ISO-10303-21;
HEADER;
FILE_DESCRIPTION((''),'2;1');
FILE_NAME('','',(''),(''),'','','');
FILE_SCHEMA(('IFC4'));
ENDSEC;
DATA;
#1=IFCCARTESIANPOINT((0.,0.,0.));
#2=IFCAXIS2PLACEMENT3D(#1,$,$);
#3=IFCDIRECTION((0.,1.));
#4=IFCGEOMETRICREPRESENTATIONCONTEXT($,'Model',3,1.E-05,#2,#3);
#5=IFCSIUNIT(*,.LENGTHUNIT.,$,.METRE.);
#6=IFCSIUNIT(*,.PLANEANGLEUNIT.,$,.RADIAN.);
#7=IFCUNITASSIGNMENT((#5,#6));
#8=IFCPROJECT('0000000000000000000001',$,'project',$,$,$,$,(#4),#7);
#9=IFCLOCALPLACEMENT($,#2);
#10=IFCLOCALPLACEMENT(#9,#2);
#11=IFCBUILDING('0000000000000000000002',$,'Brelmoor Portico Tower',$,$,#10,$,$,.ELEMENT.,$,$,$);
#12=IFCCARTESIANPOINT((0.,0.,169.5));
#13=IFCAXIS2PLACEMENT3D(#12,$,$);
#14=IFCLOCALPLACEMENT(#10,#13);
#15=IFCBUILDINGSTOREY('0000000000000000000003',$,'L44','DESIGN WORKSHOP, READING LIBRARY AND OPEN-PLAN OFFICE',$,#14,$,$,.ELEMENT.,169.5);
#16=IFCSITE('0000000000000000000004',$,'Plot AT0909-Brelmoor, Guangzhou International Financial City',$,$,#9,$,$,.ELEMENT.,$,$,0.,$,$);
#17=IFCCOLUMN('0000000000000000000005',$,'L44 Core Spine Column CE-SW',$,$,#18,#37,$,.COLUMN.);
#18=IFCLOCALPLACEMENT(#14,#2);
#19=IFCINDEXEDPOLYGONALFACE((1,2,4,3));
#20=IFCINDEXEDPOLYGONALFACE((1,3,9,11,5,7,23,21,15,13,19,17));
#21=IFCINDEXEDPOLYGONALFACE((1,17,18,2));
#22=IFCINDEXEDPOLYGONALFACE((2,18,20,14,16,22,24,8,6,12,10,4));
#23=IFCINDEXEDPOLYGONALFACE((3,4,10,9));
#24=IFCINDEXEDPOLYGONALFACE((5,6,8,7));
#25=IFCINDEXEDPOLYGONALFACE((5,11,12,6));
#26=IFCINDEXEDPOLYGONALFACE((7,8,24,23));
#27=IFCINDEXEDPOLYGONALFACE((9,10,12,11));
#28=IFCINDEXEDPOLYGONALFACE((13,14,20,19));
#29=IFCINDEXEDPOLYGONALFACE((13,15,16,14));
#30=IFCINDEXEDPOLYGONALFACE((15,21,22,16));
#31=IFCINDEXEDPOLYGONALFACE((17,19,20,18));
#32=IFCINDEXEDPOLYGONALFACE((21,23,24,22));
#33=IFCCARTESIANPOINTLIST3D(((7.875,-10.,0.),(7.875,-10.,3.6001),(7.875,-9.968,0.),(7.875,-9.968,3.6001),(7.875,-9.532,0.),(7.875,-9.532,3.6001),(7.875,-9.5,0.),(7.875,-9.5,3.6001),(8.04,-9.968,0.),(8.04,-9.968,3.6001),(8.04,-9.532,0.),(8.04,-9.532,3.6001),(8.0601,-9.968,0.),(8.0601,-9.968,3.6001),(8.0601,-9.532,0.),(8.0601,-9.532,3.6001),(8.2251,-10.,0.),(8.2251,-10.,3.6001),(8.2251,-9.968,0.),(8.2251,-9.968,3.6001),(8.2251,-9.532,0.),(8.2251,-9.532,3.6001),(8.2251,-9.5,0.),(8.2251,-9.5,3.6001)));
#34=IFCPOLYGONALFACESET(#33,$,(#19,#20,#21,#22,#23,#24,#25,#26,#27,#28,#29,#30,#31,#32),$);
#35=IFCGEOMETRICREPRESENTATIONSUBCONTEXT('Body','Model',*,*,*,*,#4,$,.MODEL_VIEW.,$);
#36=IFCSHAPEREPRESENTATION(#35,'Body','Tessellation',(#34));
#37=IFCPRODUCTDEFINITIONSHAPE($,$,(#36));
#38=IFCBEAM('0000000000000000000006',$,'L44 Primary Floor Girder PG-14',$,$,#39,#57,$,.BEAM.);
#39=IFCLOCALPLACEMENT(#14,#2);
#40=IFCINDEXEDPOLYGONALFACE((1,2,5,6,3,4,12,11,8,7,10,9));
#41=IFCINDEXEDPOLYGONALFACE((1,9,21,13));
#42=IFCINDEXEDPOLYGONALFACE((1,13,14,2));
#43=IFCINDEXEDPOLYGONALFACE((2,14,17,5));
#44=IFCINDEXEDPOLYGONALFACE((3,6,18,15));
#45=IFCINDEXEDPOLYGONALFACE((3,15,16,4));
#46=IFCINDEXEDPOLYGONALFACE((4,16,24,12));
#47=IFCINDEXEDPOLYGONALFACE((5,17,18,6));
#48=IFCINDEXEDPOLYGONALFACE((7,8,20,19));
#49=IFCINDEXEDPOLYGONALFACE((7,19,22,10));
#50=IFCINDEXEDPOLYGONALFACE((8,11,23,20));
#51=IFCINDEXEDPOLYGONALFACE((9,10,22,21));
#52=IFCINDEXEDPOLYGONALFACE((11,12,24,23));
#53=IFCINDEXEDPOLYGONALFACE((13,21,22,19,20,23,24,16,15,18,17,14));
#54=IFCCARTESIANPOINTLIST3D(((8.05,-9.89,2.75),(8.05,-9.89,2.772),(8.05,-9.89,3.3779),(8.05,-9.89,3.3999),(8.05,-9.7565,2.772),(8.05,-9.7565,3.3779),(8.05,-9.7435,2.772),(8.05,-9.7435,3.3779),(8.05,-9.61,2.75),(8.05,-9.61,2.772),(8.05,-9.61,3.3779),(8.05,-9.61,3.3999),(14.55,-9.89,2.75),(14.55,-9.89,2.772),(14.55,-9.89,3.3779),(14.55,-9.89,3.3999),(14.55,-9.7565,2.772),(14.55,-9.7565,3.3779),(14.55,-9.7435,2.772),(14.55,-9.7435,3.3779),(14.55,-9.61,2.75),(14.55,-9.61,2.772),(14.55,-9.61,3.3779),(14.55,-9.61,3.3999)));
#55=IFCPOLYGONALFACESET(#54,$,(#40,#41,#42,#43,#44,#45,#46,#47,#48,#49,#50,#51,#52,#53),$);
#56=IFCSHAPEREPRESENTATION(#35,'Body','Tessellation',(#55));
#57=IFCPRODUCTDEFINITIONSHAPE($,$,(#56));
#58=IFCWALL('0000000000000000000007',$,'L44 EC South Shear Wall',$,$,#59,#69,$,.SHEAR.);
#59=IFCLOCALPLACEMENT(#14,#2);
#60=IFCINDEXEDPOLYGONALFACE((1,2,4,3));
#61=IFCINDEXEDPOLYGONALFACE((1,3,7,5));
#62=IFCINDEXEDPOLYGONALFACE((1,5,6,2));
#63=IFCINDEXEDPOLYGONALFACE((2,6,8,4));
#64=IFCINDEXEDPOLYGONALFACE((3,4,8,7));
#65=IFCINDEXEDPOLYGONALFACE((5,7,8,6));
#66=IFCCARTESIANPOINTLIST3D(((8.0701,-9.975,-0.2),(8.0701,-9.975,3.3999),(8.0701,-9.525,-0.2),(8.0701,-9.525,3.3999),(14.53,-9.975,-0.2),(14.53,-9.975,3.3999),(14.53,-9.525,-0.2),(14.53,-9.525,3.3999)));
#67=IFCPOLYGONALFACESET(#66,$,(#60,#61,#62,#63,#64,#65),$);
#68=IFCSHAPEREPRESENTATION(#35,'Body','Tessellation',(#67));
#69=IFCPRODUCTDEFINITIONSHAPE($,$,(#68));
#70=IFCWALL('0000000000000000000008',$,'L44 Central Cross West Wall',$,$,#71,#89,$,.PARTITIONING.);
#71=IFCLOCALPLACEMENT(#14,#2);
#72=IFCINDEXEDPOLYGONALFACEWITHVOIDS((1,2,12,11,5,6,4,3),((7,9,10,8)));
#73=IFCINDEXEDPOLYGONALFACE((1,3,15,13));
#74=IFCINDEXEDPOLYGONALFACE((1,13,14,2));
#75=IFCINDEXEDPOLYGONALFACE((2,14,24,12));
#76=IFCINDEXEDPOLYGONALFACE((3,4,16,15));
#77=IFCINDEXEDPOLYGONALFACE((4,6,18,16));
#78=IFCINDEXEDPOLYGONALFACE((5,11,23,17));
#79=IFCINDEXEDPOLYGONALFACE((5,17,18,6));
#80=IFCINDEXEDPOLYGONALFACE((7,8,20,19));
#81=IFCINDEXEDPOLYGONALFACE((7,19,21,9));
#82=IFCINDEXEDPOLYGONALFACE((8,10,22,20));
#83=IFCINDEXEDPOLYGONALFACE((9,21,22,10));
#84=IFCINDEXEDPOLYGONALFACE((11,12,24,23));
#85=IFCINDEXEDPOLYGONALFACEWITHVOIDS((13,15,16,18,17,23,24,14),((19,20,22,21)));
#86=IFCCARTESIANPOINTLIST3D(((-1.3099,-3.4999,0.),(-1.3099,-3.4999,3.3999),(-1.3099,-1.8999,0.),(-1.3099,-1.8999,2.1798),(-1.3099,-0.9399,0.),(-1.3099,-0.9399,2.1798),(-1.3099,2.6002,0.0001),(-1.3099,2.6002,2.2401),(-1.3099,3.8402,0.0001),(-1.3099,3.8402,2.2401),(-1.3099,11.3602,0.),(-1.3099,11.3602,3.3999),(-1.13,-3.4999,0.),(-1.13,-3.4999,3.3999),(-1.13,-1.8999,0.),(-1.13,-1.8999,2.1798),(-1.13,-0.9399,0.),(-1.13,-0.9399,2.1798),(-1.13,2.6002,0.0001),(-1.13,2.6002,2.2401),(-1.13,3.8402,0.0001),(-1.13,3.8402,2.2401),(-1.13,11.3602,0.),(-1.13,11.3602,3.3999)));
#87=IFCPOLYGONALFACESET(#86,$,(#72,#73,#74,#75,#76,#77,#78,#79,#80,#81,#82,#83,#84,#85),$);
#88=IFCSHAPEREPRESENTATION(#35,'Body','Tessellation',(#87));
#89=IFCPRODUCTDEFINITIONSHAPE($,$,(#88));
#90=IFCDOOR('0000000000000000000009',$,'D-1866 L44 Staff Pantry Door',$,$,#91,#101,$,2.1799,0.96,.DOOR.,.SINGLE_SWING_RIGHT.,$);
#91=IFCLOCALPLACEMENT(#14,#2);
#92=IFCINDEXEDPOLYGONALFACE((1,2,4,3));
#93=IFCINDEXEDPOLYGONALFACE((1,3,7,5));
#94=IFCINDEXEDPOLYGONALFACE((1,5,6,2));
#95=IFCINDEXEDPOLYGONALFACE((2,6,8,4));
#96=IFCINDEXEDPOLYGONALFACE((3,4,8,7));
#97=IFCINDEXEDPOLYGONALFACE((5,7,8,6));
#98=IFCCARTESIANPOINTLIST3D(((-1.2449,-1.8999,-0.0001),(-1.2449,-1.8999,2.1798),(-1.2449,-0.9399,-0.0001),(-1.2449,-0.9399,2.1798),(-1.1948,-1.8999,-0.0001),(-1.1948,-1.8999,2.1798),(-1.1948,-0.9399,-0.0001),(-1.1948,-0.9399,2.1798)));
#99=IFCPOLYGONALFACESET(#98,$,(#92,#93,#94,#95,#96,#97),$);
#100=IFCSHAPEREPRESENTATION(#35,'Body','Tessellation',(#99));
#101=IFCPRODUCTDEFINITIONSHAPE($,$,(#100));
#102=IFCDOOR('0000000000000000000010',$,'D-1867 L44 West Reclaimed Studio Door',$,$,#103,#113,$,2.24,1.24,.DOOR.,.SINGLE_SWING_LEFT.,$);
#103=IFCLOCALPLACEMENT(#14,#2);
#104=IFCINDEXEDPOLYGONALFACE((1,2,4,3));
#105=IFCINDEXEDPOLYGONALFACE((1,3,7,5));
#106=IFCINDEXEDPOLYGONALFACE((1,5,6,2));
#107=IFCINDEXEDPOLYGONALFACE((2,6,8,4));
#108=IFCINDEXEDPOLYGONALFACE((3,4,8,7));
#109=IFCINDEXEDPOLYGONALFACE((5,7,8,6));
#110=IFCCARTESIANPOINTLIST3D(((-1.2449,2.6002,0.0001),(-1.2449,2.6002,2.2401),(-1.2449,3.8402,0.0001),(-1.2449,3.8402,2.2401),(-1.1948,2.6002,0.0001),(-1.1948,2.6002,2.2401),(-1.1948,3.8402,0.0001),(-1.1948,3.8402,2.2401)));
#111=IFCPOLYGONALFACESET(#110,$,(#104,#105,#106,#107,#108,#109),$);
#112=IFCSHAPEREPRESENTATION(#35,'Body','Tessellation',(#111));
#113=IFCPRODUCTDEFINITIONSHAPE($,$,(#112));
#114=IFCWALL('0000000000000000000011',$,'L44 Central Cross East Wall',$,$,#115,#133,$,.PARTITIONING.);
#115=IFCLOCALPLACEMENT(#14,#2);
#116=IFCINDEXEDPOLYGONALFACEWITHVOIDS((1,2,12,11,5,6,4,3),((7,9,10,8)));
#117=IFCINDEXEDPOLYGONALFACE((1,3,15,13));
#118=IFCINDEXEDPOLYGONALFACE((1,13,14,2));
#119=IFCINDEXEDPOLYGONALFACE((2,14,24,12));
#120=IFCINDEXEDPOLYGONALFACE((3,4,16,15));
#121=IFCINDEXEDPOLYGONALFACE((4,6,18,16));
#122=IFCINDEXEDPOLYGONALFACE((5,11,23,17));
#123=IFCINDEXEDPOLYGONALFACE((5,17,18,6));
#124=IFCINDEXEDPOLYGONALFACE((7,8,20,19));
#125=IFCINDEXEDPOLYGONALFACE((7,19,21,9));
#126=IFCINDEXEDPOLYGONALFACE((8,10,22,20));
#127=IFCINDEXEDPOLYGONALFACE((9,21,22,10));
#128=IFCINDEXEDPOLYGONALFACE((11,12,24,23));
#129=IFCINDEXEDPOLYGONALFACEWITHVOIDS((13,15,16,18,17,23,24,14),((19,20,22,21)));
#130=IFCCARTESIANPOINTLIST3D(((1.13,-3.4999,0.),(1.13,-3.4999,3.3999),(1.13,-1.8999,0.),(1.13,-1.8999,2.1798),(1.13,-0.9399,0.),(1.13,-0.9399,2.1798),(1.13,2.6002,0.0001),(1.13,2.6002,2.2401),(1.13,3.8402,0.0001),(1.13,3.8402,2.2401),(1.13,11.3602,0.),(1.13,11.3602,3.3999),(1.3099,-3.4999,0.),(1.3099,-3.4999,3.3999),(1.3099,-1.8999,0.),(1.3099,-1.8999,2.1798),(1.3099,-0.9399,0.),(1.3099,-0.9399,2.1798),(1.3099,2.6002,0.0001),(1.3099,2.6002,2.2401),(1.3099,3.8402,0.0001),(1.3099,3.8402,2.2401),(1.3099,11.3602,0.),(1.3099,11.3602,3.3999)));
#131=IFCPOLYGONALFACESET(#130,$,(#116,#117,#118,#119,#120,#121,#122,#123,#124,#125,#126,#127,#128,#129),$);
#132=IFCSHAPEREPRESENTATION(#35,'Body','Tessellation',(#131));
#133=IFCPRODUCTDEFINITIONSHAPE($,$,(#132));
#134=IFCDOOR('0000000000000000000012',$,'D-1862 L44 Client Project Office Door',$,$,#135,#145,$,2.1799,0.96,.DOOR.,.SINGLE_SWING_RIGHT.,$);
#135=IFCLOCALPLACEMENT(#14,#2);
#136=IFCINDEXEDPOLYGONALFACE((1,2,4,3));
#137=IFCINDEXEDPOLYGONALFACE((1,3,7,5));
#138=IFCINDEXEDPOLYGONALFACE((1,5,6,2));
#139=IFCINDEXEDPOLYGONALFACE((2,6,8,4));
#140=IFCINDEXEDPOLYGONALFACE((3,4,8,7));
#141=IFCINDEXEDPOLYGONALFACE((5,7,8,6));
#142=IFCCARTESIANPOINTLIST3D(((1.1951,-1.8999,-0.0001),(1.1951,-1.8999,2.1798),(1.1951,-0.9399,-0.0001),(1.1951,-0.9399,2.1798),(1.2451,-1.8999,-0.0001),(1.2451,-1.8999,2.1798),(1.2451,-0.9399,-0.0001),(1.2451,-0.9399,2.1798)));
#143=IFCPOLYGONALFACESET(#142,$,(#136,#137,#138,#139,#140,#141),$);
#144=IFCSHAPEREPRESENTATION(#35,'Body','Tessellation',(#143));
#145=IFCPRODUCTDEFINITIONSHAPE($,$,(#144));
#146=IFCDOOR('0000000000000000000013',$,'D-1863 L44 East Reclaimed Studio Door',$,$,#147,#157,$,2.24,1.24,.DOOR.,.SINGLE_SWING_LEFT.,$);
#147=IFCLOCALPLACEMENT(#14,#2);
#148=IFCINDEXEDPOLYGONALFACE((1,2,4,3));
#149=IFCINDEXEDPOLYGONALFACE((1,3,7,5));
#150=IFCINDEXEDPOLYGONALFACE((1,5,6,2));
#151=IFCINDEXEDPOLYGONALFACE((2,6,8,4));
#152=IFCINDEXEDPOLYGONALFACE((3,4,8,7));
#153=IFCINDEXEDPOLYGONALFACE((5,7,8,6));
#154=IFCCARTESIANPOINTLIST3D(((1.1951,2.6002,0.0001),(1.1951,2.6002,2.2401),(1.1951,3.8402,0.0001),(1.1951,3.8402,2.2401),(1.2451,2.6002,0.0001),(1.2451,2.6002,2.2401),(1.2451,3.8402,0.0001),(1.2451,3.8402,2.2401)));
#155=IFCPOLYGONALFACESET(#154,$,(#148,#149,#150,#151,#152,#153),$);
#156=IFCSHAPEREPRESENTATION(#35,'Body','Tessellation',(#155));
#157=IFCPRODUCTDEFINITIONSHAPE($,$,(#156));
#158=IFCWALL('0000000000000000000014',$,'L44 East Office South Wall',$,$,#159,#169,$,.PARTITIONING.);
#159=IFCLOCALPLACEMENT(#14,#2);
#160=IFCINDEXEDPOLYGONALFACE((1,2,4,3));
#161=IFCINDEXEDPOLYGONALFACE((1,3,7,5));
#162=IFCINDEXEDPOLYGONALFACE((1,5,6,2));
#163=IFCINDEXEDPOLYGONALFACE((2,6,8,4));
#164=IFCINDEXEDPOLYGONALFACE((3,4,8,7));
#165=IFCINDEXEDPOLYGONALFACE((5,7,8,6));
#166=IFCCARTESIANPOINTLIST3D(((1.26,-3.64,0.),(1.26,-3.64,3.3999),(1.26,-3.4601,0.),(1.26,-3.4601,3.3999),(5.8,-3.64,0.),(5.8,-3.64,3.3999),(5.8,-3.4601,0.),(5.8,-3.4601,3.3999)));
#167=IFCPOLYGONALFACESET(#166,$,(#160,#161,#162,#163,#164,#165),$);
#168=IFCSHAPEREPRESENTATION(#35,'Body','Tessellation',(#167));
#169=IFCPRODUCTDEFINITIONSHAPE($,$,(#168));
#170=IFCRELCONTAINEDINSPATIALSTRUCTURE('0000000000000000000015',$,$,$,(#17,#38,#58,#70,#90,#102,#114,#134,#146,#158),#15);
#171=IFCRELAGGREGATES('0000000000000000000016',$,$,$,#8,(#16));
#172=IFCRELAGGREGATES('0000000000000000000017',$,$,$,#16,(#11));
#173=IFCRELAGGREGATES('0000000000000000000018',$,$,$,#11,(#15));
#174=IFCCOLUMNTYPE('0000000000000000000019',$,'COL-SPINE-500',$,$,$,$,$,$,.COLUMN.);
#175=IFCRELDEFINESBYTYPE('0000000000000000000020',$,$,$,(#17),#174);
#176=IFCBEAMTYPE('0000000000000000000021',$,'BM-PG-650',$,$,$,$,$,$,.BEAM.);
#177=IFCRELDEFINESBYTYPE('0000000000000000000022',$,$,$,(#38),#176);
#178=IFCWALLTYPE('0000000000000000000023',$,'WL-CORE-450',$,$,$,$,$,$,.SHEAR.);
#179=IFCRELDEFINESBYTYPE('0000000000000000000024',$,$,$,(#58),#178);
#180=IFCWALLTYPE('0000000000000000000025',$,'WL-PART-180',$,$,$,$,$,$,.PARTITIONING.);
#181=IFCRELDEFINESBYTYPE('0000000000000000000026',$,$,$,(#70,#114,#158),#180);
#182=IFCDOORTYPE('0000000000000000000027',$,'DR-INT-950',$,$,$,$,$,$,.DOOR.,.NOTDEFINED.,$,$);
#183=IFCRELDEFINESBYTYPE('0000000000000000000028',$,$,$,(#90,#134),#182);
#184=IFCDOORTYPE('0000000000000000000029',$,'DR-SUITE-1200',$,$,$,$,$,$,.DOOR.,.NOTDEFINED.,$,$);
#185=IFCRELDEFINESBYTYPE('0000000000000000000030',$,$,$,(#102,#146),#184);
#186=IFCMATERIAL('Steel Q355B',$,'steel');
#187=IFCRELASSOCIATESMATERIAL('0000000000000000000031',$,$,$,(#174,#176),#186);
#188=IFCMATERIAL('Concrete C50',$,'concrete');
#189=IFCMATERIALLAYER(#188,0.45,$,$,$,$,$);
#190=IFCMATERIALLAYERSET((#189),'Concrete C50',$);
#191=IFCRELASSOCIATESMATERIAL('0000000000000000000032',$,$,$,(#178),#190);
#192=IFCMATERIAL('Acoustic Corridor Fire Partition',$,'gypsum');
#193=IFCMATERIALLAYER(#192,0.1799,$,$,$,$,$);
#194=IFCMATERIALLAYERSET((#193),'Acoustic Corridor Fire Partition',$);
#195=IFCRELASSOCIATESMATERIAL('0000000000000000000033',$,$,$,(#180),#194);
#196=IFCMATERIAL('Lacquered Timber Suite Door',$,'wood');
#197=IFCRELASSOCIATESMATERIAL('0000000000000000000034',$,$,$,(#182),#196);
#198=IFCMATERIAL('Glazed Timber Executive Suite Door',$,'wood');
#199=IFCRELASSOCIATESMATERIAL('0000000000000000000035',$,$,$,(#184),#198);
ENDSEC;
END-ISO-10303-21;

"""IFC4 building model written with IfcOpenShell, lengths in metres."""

from ifc_helpers import new_model, si_unit, direction, frame, frame_2d, origin, origin_2d, place, context, subcontext, project, spatial, rectangle, i_section, extrude, material, layer, layer_set, material_profile, profile_set, type_object, element, fill, save


model = new_model("IFC4")

# Units and contexts
model_context = context("Model", 3, precision=1e-05, world=origin(), true_north=direction((0.0, 1.0)))
body_context = subcontext(model_context, "Body", "Model", "MODEL_VIEW")
ifc_project = project(units=[si_unit("LENGTHUNIT", "METRE"), si_unit("PLANEANGLEUNIT", "RADIAN")], contexts=[model_context])

# Site, building, storey
site_placement = place(None, origin())
site = spatial("IfcSite", under=ifc_project, at=site_placement, Name="Plot AT0909-Brelmoor, Guangzhou International Financial City", CompositionType="ELEMENT", RefElevation=0.0)
building_placement = place(site_placement, origin())
building = spatial("IfcBuilding", under=site, at=building_placement, Name="Brelmoor Portico Tower", CompositionType="ELEMENT")
storey_placement = place(building_placement, frame((0.0, 0.0, 169.5)))
storey = spatial("IfcBuildingStorey", under=building, at=storey_placement, Name="L44", Description="DESIGN WORKSHOP, READING LIBRARY AND OPEN-PLAN OFFICE", CompositionType="ELEMENT", Elevation=169.5)

# Column
ifc_material_1 = material(Name="Steel Q355B", Category="steel")
ifc_material_profile_1 = material_profile(ifc_material_1, i_section(OverallWidth=0.3501, OverallDepth=0.5, WebThickness=0.02, FlangeThickness=0.032, at=origin_2d()), Name="HW 500x350x20x32")
ifc_profile_set_1 = profile_set([ifc_material_profile_1], Name="Steel Q355B")
column_type = type_object("IfcColumnType", Name="COL-SPINE-500", PredefinedType="COLUMN", material=ifc_profile_set_1)
column_placement = place(storey_placement, frame((8.05, -9.75, 0.0), z_axis=(0.0, 0.0, 1.0), x_axis=(1.0, 0.0, 0.0)))
element("IfcColumn", 1, at=column_placement, inside=storey, type_object=column_type, Name="L44 Core Spine Column CE-SW", PredefinedType="COLUMN", context=body_context, shape_type="SweptSolid", body=[
    extrude(i_section(OverallWidth=0.3501, OverallDepth=0.5, WebThickness=0.02, FlangeThickness=0.032, at=origin_2d()), origin(), (0.0, 0.0, 1.0), 3.6001),
])

# Beam
ifc_material_profile_2 = material_profile(ifc_material_1, i_section(OverallWidth=0.28, OverallDepth=0.6499, WebThickness=0.0129, FlangeThickness=0.022, at=origin_2d()), Name="HN 650x280x13x22")
ifc_profile_set_2 = profile_set([ifc_material_profile_2], Name="Steel Q355B")
beam_type = type_object("IfcBeamType", Name="BM-PG-650", PredefinedType="BEAM", material=ifc_profile_set_2)
beam_placement = place(storey_placement, frame((8.05, -9.75, 3.075), z_axis=(1.0, 0.0, 0.0), x_axis=(0.0, 1.0, 0.0)))
element("IfcBeam", 2, at=beam_placement, inside=storey, type_object=beam_type, Name="L44 Primary Floor Girder PG-14", PredefinedType="BEAM", context=body_context, shape_type="SweptSolid", body=[
    extrude(i_section(OverallWidth=0.28, OverallDepth=0.6499, WebThickness=0.0129, FlangeThickness=0.022, at=origin_2d()), origin(), (0.0, 0.0, 1.0), 6.5),
])

# Wall
ifc_material_2 = material(Name="Concrete C50", Category="concrete")
ifc_layer_1 = layer(ifc_material_2, 0.45)
ifc_layer_set_1 = layer_set([ifc_layer_1], Name="Concrete C50")
wall_type_1 = type_object("IfcWallType", Name="WL-CORE-450", PredefinedType="SHEAR", material=ifc_layer_set_1)
wall_1_placement = place(storey_placement, frame((8.0701, -9.75, -0.2), z_axis=(0.0, 0.0, 1.0), x_axis=(1.0, 0.0, 0.0)))
element("IfcWall", 3, at=wall_1_placement, inside=storey, type_object=wall_type_1, Name="L44 EC South Shear Wall", PredefinedType="SHEAR", context=body_context, shape_type="SweptSolid", body=[
    extrude(rectangle(XDim=6.46, YDim=0.45, at=frame_2d((3.23, 0.0))), origin(), (0.0, 0.0, 1.0), 3.5999),
])

# Walls, openings, doors
ifc_material_3 = material(Name="Acoustic Corridor Fire Partition", Category="gypsum")
ifc_layer_2 = layer(ifc_material_3, 0.1799)
ifc_layer_set_2 = layer_set([ifc_layer_2], Name="Acoustic Corridor Fire Partition")
wall_type_2 = type_object("IfcWallType", Name="WL-PART-180", PredefinedType="PARTITIONING", material=ifc_layer_set_2)
wall_2_placement = place(storey_placement, frame((-1.22, -3.5, 0.0), z_axis=(0.0, 0.0, 1.0), x_axis=(0.0, 1.0, 0.0)))
wall_2 = element("IfcWall", 4, at=wall_2_placement, inside=storey, type_object=wall_type_2, Name="L44 Central Cross West Wall", PredefinedType="PARTITIONING", context=body_context, shape_type="SweptSolid", body=[
    extrude(rectangle(XDim=14.8601, YDim=0.1799, at=frame_2d((7.4302, 0.0))), origin(), (0.0, 0.0, 1.0), 3.3999),
])
opening_1_placement = place(wall_2_placement, frame((6.1001, 0.0, 0.0)))
opening_1 = element("IfcOpeningElement", 5, at=opening_1_placement, cuts=wall_2, PredefinedType="OPENING", context=body_context, shape_type="SweptSolid", body=[
    extrude(rectangle(XDim=1.24, YDim=2.24, at=frame_2d((0.6201, 1.1201))), frame((0.0, 0.0999, 0.0), z_axis=(0.0, -1.0, 0.0), x_axis=(1.0, 0.0, 0.0)), (0.0, 0.0, 1.0), 0.2),
])
opening_2_placement = place(wall_2_placement, frame((1.6001, 0.0, 0.0)))
opening_2 = element("IfcOpeningElement", 6, at=opening_2_placement, cuts=wall_2, PredefinedType="OPENING", context=body_context, shape_type="SweptSolid", body=[
    extrude(rectangle(XDim=0.96, YDim=2.1799, at=frame_2d((0.48, 1.0898))), frame((0.0, 0.0999, 0.0), z_axis=(0.0, -1.0, 0.0), x_axis=(1.0, 0.0, 0.0)), (0.0, 0.0, 1.0), 0.2),
])
ifc_material_4 = material(Name="Lacquered Timber Suite Door", Category="wood")
door_type_1 = type_object("IfcDoorType", Name="DR-INT-950", OperationType="NOTDEFINED", PredefinedType="DOOR", material=ifc_material_4)
door_1_placement = place(opening_2_placement, origin())
door_1 = element("IfcDoor", 7, at=door_1_placement, inside=storey, type_object=door_type_1, Name="D-1866 L44 Staff Pantry Door", OperationType="SINGLE_SWING_RIGHT", OverallHeight=2.1799, OverallWidth=0.96, PredefinedType="DOOR", context=body_context, shape_type="SweptSolid", body=[
    extrude(rectangle(XDim=0.96, YDim=2.1799, at=frame_2d((0.48, 1.0898))), frame((0.0, 0.0249, 0.0), z_axis=(0.0, -1.0, 0.0), x_axis=(1.0, 0.0, 0.0)), (0.0, 0.0, 1.0), 0.05),
])
fill(opening_2, door_1)
ifc_material_5 = material(Name="Glazed Timber Executive Suite Door", Category="wood")
door_type_2 = type_object("IfcDoorType", Name="DR-SUITE-1200", OperationType="NOTDEFINED", PredefinedType="DOOR", material=ifc_material_5)
door_2_placement = place(opening_1_placement, origin())
door_2 = element("IfcDoor", 8, at=door_2_placement, inside=storey, type_object=door_type_2, Name="D-1867 L44 West Reclaimed Studio Door", OperationType="SINGLE_SWING_LEFT", OverallHeight=2.24, OverallWidth=1.24, PredefinedType="DOOR", context=body_context, shape_type="SweptSolid", body=[
    extrude(rectangle(XDim=1.24, YDim=2.24, at=frame_2d((0.6201, 1.1201))), frame((0.0, 0.0249, 0.0), z_axis=(0.0, -1.0, 0.0), x_axis=(1.0, 0.0, 0.0)), (0.0, 0.0, 1.0), 0.05),
])
fill(opening_1, door_2)
wall_3_placement = place(storey_placement, frame((1.22, -3.5, 0.0), z_axis=(0.0, 0.0, 1.0), x_axis=(0.0, 1.0, 0.0)))
wall_3 = element("IfcWall", 9, at=wall_3_placement, inside=storey, type_object=wall_type_2, Name="L44 Central Cross East Wall", PredefinedType="PARTITIONING", context=body_context, shape_type="SweptSolid", body=[
    extrude(rectangle(XDim=14.8601, YDim=0.1799, at=frame_2d((7.4302, 0.0))), origin(), (0.0, 0.0, 1.0), 3.3999),
])
opening_3_placement = place(wall_3_placement, frame((6.1001, 0.0, 0.0)))
opening_3 = element("IfcOpeningElement", 10, at=opening_3_placement, cuts=wall_3, PredefinedType="OPENING", context=body_context, shape_type="SweptSolid", body=[
    extrude(rectangle(XDim=1.24, YDim=2.24, at=frame_2d((0.6201, 1.1201))), frame((0.0, 0.0999, 0.0), z_axis=(0.0, -1.0, 0.0), x_axis=(1.0, 0.0, 0.0)), (0.0, 0.0, 1.0), 0.2),
])
opening_4_placement = place(wall_3_placement, frame((1.6001, 0.0, 0.0)))
opening_4 = element("IfcOpeningElement", 11, at=opening_4_placement, cuts=wall_3, PredefinedType="OPENING", context=body_context, shape_type="SweptSolid", body=[
    extrude(rectangle(XDim=0.96, YDim=2.1799, at=frame_2d((0.48, 1.0898))), frame((0.0, 0.0999, 0.0), z_axis=(0.0, -1.0, 0.0), x_axis=(1.0, 0.0, 0.0)), (0.0, 0.0, 1.0), 0.2),
])
door_3_placement = place(opening_4_placement, origin())
door_3 = element("IfcDoor", 12, at=door_3_placement, inside=storey, type_object=door_type_1, Name="D-1862 L44 Client Project Office Door", OperationType="SINGLE_SWING_RIGHT", OverallHeight=2.1799, OverallWidth=0.96, PredefinedType="DOOR", context=body_context, shape_type="SweptSolid", body=[
    extrude(rectangle(XDim=0.96, YDim=2.1799, at=frame_2d((0.48, 1.0898))), frame((0.0, 0.0249, 0.0), z_axis=(0.0, -1.0, 0.0), x_axis=(1.0, 0.0, 0.0)), (0.0, 0.0, 1.0), 0.05),
])
fill(opening_4, door_3)
door_4_placement = place(opening_3_placement, origin())
door_4 = element("IfcDoor", 13, at=door_4_placement, inside=storey, type_object=door_type_2, Name="D-1863 L44 East Reclaimed Studio Door", OperationType="SINGLE_SWING_LEFT", OverallHeight=2.24, OverallWidth=1.24, PredefinedType="DOOR", context=body_context, shape_type="SweptSolid", body=[
    extrude(rectangle(XDim=1.24, YDim=2.24, at=frame_2d((0.6201, 1.1201))), frame((0.0, 0.0249, 0.0), z_axis=(0.0, -1.0, 0.0), x_axis=(1.0, 0.0, 0.0)), (0.0, 0.0, 1.0), 0.05),
])
fill(opening_3, door_4)

# Wall
wall_4_placement = place(storey_placement, frame((1.26, -3.55, 0.0), z_axis=(0.0, 0.0, 1.0), x_axis=(1.0, 0.0, 0.0)))
element("IfcWall", 14, at=wall_4_placement, inside=storey, type_object=wall_type_2, Name="L44 East Office South Wall", PredefinedType="PARTITIONING", context=body_context, shape_type="SweptSolid", body=[
    extrude(rectangle(XDim=4.54, YDim=0.1799, at=frame_2d((2.27, 0.0))), origin(), (0.0, 0.0, 1.0), 3.3999),
])

save(model, "model.ifc")
